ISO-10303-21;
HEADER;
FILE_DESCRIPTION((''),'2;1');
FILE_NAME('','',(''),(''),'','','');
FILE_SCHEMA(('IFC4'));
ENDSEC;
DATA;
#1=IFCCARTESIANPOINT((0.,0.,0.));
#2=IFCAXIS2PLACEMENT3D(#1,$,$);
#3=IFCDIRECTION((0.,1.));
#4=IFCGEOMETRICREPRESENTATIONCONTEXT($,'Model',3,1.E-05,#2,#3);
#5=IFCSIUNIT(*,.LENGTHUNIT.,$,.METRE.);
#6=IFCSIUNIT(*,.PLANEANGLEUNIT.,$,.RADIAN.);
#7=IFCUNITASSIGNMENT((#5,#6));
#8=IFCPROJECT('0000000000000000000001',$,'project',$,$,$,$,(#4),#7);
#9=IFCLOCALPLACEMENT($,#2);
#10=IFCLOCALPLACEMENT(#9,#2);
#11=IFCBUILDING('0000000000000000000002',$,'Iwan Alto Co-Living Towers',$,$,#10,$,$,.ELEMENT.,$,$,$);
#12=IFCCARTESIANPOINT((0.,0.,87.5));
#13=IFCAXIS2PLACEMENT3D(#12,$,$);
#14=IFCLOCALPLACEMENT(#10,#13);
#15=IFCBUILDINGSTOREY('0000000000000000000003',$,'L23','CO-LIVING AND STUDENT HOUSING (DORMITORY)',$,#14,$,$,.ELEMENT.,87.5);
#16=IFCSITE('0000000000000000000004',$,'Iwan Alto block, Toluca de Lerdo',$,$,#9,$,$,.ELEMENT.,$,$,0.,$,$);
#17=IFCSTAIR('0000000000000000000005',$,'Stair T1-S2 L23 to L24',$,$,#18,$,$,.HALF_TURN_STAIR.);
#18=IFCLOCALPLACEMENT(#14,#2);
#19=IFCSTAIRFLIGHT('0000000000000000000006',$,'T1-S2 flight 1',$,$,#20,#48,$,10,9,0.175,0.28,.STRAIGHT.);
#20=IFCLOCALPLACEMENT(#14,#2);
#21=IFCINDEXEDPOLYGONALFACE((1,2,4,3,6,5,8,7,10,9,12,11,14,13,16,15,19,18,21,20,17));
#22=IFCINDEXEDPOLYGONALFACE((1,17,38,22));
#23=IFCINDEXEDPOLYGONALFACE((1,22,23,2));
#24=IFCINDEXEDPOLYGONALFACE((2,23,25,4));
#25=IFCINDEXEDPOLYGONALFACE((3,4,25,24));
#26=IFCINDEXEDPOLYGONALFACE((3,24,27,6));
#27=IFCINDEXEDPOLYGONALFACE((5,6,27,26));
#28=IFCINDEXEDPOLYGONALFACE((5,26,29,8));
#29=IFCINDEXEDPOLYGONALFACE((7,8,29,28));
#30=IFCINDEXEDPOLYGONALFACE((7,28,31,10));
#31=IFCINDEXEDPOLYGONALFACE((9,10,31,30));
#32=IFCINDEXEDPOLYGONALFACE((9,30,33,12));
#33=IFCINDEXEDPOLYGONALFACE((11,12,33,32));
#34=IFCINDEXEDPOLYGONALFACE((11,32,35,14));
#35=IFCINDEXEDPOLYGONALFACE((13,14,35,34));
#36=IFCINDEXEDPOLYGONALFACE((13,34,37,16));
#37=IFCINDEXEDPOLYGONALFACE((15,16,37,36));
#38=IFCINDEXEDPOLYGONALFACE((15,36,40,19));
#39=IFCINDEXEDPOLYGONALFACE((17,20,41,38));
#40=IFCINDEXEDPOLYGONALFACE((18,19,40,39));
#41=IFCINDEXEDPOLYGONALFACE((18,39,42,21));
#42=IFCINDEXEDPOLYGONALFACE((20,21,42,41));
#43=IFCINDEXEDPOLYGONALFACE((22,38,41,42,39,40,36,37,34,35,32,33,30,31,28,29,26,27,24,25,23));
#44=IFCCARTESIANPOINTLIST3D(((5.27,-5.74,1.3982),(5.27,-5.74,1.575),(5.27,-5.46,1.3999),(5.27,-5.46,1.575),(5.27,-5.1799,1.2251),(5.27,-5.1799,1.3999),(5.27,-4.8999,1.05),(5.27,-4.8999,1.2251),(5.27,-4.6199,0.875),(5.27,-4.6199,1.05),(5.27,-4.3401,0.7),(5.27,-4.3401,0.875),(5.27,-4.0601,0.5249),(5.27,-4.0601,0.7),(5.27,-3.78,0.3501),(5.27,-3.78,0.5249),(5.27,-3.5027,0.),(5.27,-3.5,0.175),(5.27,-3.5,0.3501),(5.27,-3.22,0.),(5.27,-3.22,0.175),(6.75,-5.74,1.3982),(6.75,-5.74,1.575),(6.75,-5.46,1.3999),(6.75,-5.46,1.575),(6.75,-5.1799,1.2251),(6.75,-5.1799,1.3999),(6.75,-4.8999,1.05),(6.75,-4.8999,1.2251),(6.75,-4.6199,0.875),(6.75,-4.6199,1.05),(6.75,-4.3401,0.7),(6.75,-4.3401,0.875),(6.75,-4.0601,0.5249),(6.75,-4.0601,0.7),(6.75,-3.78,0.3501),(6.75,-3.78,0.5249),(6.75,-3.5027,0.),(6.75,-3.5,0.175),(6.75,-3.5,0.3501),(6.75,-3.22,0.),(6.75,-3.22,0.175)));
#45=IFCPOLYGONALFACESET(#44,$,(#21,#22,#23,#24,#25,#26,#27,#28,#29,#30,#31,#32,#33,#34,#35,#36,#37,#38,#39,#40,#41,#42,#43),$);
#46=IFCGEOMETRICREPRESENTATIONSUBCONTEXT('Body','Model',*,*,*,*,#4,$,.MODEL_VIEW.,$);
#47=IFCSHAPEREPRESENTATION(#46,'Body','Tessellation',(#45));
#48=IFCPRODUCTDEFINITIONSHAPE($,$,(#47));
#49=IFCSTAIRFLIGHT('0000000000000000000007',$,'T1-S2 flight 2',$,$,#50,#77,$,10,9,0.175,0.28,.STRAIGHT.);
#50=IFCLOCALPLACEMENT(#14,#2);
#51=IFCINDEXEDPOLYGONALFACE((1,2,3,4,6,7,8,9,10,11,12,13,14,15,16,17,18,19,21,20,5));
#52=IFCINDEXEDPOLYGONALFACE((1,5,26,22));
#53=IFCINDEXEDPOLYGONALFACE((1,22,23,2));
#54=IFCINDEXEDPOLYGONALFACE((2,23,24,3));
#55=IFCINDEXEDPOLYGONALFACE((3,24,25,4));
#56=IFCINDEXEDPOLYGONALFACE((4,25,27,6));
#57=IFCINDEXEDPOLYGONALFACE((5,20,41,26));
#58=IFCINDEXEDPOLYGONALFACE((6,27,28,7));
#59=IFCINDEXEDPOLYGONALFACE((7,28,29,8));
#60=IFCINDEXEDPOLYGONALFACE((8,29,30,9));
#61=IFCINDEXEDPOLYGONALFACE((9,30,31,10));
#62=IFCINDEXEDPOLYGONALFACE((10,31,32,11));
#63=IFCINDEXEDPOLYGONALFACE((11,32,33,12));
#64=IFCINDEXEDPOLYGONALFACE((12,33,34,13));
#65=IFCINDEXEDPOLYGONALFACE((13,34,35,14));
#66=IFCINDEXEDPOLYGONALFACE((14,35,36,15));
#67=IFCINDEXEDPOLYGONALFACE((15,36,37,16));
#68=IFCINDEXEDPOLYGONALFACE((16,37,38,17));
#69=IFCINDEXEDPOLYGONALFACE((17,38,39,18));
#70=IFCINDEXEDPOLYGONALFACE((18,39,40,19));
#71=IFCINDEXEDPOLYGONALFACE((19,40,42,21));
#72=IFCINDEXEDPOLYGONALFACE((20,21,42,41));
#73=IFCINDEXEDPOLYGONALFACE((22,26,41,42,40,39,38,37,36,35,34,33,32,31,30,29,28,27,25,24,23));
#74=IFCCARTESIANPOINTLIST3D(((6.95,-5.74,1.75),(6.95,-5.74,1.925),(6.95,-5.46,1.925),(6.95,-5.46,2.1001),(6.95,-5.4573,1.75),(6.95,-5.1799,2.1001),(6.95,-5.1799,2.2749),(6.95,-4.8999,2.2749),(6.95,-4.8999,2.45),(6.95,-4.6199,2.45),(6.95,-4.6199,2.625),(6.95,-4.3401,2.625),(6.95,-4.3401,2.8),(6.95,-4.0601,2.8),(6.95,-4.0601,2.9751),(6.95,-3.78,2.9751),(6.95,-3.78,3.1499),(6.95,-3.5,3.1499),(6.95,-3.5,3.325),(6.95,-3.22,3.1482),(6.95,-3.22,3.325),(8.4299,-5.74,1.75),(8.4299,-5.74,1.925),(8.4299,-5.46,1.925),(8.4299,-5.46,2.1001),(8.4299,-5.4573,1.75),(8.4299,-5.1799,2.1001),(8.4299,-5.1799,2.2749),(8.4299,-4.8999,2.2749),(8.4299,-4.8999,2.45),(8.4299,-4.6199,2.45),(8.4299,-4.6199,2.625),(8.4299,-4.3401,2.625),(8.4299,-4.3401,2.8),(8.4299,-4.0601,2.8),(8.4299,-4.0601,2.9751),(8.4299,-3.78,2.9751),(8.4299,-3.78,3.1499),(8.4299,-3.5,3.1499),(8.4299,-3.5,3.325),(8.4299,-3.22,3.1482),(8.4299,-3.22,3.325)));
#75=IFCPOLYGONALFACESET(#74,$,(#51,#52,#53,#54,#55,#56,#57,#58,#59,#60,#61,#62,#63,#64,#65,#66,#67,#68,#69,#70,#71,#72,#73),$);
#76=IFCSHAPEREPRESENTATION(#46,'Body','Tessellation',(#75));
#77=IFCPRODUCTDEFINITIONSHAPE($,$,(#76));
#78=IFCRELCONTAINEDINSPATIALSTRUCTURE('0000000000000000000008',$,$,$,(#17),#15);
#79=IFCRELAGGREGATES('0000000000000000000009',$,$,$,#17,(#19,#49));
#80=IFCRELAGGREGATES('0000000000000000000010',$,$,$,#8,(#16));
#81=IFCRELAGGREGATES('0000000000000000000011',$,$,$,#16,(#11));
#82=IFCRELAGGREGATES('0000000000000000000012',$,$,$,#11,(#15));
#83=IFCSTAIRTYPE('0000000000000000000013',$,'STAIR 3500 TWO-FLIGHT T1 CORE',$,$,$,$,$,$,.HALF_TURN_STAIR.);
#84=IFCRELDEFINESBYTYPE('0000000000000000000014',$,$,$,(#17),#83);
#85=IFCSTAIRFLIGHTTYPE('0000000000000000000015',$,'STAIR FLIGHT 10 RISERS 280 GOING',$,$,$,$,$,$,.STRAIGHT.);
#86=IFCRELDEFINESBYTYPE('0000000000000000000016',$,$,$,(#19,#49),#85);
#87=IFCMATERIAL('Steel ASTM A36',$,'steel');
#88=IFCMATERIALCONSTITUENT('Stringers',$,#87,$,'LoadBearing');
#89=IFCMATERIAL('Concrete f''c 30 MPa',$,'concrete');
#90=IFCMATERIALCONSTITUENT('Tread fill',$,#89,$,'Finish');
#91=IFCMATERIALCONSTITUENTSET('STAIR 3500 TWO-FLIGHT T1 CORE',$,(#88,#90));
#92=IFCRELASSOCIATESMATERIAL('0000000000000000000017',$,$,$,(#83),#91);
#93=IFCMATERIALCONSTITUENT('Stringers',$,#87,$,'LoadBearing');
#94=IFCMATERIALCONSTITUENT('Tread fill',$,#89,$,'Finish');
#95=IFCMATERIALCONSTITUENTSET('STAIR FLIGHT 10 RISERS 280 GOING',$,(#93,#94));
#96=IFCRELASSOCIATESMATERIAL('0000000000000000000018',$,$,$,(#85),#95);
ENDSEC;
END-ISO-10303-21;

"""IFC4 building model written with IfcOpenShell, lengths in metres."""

from ifc_helpers import new_model, si_unit, direction, frame, origin, place, context, subcontext, project, spatial, polyline, outline, extrude, material, constituent, constituent_set, type_object, element, aggregate, save


model = new_model("IFC4")

# Units and contexts
model_context = context("Model", 3, precision=1e-05, world=origin(), true_north=direction((0.0, 1.0)))
body_context = subcontext(model_context, "Body", "Model", "MODEL_VIEW")
ifc_project = project(units=[si_unit("LENGTHUNIT", "METRE"), si_unit("PLANEANGLEUNIT", "RADIAN")], contexts=[model_context])

# Site, building, storey
site_placement = place(None, origin())
site = spatial("IfcSite", under=ifc_project, at=site_placement, Name="Iwan Alto block, Toluca de Lerdo", CompositionType="ELEMENT", RefElevation=0.0)
building_placement = place(site_placement, origin())
building = spatial("IfcBuilding", under=site, at=building_placement, Name="Iwan Alto Co-Living Towers", CompositionType="ELEMENT")
storey_placement = place(building_placement, frame((0.0, 0.0, 87.5)))
storey = spatial("IfcBuildingStorey", under=building, at=storey_placement, Name="L23", Description="CO-LIVING AND STUDENT HOUSING (DORMITORY)", CompositionType="ELEMENT", Elevation=87.5)

# Stair, stair flights
ifc_material_1 = material(Name="Steel ASTM A36", Category="steel")
ifc_constituent_1 = constituent(ifc_material_1, Name="Stringers", Category="LoadBearing")
ifc_material_2 = material(Name="Concrete f'c 30 MPa", Category="concrete")
ifc_constituent_2 = constituent(ifc_material_2, Name="Tread fill", Category="Finish")
ifc_constituent_set_1 = constituent_set(constituents=[ifc_constituent_1, ifc_constituent_2], Name="STAIR 3500 TWO-FLIGHT T1 CORE")
stair_type = type_object("IfcStairType", Name="STAIR 3500 TWO-FLIGHT T1 CORE", PredefinedType="HALF_TURN_STAIR", material=ifc_constituent_set_1)
stair_placement = place(storey_placement, origin())
stair = element("IfcStair", 1, at=stair_placement, inside=storey, type_object=stair_type, Name="Stair T1-S2 L23 to L24", PredefinedType="HALF_TURN_STAIR")
ifc_constituent_3 = constituent(ifc_material_1, Name="Stringers", Category="LoadBearing")
ifc_constituent_4 = constituent(ifc_material_2, Name="Tread fill", Category="Finish")
ifc_constituent_set_2 = constituent_set(constituents=[ifc_constituent_3, ifc_constituent_4], Name="STAIR FLIGHT 10 RISERS 280 GOING")
stair_flight_type = type_object("IfcStairFlightType", Name="STAIR FLIGHT 10 RISERS 280 GOING", PredefinedType="STRAIGHT", material=ifc_constituent_set_2)
stair_flight_1_placement = place(storey_placement, frame((6.01, -3.22, 0.0), z_axis=(0.0, 0.0, 1.0), x_axis=(0.0, -1.0, 0.0)))
stair_flight_1 = element("IfcStairFlight", 2, at=stair_flight_1_placement, type_object=stair_flight_type, Name="T1-S2 flight 1", NumberOfRisers=10, NumberOfTreads=9, PredefinedType="STRAIGHT", RiserHeight=0.175, TreadLength=0.28, context=body_context, shape_type="SweptSolid", body=[
    extrude(outline(polyline([(0.0, 0.0), (0.0, 0.175), (0.28, 0.175), (0.28, 0.3501), (0.5601, 0.3501), (0.5601, 0.5249), (0.8401, 0.5249), (0.8401, 0.7), (1.1201, 0.7), (1.1201, 0.875), (1.3999, 0.875), (1.3999, 1.05), (1.6799, 1.05), (1.6799, 1.2251), (1.96, 1.2251), (1.96, 1.3999), (2.24, 1.3999), (2.24, 1.575), (2.52, 1.575), (2.52, 1.75), (2.52, 1.3982), (0.2827, 0.0), (0.0, 0.0)])), frame((0.0, 0.74, 0.0), z_axis=(0.0, -1.0, 0.0), x_axis=(1.0, 0.0, 0.0)), (0.0, 0.0, 1.0), 1.48),
])
stair_flight_2_placement = place(storey_placement, frame((7.6899, -5.74, 1.75), z_axis=(0.0, 0.0, 1.0), x_axis=(0.0, 1.0, 0.0)))
stair_flight_2 = element("IfcStairFlight", 3, at=stair_flight_2_placement, type_object=stair_flight_type, Name="T1-S2 flight 2", NumberOfRisers=10, NumberOfTreads=9, PredefinedType="STRAIGHT", RiserHeight=0.175, TreadLength=0.28, context=body_context, shape_type="SweptSolid", body=[
    extrude(outline(polyline([(0.0, 0.0), (0.0, 0.175), (0.28, 0.175), (0.28, 0.3501), (0.5601, 0.3501), (0.5601, 0.5249), (0.8401, 0.5249), (0.8401, 0.7), (1.1201, 0.7), (1.1201, 0.875), (1.3999, 0.875), (1.3999, 1.05), (1.6799, 1.05), (1.6799, 1.2251), (1.96, 1.2251), (1.96, 1.3999), (2.24, 1.3999), (2.24, 1.575), (2.52, 1.575), (2.52, 1.75), (2.52, 1.3982), (0.2827, 0.0), (0.0, 0.0)])), frame((0.0, 0.74, 0.0), z_axis=(0.0, -1.0, 0.0), x_axis=(1.0, 0.0, 0.0)), (0.0, 0.0, 1.0), 1.48),
])
aggregate(stair, [stair_flight_1, stair_flight_2])

save(model, "model.ifc")
